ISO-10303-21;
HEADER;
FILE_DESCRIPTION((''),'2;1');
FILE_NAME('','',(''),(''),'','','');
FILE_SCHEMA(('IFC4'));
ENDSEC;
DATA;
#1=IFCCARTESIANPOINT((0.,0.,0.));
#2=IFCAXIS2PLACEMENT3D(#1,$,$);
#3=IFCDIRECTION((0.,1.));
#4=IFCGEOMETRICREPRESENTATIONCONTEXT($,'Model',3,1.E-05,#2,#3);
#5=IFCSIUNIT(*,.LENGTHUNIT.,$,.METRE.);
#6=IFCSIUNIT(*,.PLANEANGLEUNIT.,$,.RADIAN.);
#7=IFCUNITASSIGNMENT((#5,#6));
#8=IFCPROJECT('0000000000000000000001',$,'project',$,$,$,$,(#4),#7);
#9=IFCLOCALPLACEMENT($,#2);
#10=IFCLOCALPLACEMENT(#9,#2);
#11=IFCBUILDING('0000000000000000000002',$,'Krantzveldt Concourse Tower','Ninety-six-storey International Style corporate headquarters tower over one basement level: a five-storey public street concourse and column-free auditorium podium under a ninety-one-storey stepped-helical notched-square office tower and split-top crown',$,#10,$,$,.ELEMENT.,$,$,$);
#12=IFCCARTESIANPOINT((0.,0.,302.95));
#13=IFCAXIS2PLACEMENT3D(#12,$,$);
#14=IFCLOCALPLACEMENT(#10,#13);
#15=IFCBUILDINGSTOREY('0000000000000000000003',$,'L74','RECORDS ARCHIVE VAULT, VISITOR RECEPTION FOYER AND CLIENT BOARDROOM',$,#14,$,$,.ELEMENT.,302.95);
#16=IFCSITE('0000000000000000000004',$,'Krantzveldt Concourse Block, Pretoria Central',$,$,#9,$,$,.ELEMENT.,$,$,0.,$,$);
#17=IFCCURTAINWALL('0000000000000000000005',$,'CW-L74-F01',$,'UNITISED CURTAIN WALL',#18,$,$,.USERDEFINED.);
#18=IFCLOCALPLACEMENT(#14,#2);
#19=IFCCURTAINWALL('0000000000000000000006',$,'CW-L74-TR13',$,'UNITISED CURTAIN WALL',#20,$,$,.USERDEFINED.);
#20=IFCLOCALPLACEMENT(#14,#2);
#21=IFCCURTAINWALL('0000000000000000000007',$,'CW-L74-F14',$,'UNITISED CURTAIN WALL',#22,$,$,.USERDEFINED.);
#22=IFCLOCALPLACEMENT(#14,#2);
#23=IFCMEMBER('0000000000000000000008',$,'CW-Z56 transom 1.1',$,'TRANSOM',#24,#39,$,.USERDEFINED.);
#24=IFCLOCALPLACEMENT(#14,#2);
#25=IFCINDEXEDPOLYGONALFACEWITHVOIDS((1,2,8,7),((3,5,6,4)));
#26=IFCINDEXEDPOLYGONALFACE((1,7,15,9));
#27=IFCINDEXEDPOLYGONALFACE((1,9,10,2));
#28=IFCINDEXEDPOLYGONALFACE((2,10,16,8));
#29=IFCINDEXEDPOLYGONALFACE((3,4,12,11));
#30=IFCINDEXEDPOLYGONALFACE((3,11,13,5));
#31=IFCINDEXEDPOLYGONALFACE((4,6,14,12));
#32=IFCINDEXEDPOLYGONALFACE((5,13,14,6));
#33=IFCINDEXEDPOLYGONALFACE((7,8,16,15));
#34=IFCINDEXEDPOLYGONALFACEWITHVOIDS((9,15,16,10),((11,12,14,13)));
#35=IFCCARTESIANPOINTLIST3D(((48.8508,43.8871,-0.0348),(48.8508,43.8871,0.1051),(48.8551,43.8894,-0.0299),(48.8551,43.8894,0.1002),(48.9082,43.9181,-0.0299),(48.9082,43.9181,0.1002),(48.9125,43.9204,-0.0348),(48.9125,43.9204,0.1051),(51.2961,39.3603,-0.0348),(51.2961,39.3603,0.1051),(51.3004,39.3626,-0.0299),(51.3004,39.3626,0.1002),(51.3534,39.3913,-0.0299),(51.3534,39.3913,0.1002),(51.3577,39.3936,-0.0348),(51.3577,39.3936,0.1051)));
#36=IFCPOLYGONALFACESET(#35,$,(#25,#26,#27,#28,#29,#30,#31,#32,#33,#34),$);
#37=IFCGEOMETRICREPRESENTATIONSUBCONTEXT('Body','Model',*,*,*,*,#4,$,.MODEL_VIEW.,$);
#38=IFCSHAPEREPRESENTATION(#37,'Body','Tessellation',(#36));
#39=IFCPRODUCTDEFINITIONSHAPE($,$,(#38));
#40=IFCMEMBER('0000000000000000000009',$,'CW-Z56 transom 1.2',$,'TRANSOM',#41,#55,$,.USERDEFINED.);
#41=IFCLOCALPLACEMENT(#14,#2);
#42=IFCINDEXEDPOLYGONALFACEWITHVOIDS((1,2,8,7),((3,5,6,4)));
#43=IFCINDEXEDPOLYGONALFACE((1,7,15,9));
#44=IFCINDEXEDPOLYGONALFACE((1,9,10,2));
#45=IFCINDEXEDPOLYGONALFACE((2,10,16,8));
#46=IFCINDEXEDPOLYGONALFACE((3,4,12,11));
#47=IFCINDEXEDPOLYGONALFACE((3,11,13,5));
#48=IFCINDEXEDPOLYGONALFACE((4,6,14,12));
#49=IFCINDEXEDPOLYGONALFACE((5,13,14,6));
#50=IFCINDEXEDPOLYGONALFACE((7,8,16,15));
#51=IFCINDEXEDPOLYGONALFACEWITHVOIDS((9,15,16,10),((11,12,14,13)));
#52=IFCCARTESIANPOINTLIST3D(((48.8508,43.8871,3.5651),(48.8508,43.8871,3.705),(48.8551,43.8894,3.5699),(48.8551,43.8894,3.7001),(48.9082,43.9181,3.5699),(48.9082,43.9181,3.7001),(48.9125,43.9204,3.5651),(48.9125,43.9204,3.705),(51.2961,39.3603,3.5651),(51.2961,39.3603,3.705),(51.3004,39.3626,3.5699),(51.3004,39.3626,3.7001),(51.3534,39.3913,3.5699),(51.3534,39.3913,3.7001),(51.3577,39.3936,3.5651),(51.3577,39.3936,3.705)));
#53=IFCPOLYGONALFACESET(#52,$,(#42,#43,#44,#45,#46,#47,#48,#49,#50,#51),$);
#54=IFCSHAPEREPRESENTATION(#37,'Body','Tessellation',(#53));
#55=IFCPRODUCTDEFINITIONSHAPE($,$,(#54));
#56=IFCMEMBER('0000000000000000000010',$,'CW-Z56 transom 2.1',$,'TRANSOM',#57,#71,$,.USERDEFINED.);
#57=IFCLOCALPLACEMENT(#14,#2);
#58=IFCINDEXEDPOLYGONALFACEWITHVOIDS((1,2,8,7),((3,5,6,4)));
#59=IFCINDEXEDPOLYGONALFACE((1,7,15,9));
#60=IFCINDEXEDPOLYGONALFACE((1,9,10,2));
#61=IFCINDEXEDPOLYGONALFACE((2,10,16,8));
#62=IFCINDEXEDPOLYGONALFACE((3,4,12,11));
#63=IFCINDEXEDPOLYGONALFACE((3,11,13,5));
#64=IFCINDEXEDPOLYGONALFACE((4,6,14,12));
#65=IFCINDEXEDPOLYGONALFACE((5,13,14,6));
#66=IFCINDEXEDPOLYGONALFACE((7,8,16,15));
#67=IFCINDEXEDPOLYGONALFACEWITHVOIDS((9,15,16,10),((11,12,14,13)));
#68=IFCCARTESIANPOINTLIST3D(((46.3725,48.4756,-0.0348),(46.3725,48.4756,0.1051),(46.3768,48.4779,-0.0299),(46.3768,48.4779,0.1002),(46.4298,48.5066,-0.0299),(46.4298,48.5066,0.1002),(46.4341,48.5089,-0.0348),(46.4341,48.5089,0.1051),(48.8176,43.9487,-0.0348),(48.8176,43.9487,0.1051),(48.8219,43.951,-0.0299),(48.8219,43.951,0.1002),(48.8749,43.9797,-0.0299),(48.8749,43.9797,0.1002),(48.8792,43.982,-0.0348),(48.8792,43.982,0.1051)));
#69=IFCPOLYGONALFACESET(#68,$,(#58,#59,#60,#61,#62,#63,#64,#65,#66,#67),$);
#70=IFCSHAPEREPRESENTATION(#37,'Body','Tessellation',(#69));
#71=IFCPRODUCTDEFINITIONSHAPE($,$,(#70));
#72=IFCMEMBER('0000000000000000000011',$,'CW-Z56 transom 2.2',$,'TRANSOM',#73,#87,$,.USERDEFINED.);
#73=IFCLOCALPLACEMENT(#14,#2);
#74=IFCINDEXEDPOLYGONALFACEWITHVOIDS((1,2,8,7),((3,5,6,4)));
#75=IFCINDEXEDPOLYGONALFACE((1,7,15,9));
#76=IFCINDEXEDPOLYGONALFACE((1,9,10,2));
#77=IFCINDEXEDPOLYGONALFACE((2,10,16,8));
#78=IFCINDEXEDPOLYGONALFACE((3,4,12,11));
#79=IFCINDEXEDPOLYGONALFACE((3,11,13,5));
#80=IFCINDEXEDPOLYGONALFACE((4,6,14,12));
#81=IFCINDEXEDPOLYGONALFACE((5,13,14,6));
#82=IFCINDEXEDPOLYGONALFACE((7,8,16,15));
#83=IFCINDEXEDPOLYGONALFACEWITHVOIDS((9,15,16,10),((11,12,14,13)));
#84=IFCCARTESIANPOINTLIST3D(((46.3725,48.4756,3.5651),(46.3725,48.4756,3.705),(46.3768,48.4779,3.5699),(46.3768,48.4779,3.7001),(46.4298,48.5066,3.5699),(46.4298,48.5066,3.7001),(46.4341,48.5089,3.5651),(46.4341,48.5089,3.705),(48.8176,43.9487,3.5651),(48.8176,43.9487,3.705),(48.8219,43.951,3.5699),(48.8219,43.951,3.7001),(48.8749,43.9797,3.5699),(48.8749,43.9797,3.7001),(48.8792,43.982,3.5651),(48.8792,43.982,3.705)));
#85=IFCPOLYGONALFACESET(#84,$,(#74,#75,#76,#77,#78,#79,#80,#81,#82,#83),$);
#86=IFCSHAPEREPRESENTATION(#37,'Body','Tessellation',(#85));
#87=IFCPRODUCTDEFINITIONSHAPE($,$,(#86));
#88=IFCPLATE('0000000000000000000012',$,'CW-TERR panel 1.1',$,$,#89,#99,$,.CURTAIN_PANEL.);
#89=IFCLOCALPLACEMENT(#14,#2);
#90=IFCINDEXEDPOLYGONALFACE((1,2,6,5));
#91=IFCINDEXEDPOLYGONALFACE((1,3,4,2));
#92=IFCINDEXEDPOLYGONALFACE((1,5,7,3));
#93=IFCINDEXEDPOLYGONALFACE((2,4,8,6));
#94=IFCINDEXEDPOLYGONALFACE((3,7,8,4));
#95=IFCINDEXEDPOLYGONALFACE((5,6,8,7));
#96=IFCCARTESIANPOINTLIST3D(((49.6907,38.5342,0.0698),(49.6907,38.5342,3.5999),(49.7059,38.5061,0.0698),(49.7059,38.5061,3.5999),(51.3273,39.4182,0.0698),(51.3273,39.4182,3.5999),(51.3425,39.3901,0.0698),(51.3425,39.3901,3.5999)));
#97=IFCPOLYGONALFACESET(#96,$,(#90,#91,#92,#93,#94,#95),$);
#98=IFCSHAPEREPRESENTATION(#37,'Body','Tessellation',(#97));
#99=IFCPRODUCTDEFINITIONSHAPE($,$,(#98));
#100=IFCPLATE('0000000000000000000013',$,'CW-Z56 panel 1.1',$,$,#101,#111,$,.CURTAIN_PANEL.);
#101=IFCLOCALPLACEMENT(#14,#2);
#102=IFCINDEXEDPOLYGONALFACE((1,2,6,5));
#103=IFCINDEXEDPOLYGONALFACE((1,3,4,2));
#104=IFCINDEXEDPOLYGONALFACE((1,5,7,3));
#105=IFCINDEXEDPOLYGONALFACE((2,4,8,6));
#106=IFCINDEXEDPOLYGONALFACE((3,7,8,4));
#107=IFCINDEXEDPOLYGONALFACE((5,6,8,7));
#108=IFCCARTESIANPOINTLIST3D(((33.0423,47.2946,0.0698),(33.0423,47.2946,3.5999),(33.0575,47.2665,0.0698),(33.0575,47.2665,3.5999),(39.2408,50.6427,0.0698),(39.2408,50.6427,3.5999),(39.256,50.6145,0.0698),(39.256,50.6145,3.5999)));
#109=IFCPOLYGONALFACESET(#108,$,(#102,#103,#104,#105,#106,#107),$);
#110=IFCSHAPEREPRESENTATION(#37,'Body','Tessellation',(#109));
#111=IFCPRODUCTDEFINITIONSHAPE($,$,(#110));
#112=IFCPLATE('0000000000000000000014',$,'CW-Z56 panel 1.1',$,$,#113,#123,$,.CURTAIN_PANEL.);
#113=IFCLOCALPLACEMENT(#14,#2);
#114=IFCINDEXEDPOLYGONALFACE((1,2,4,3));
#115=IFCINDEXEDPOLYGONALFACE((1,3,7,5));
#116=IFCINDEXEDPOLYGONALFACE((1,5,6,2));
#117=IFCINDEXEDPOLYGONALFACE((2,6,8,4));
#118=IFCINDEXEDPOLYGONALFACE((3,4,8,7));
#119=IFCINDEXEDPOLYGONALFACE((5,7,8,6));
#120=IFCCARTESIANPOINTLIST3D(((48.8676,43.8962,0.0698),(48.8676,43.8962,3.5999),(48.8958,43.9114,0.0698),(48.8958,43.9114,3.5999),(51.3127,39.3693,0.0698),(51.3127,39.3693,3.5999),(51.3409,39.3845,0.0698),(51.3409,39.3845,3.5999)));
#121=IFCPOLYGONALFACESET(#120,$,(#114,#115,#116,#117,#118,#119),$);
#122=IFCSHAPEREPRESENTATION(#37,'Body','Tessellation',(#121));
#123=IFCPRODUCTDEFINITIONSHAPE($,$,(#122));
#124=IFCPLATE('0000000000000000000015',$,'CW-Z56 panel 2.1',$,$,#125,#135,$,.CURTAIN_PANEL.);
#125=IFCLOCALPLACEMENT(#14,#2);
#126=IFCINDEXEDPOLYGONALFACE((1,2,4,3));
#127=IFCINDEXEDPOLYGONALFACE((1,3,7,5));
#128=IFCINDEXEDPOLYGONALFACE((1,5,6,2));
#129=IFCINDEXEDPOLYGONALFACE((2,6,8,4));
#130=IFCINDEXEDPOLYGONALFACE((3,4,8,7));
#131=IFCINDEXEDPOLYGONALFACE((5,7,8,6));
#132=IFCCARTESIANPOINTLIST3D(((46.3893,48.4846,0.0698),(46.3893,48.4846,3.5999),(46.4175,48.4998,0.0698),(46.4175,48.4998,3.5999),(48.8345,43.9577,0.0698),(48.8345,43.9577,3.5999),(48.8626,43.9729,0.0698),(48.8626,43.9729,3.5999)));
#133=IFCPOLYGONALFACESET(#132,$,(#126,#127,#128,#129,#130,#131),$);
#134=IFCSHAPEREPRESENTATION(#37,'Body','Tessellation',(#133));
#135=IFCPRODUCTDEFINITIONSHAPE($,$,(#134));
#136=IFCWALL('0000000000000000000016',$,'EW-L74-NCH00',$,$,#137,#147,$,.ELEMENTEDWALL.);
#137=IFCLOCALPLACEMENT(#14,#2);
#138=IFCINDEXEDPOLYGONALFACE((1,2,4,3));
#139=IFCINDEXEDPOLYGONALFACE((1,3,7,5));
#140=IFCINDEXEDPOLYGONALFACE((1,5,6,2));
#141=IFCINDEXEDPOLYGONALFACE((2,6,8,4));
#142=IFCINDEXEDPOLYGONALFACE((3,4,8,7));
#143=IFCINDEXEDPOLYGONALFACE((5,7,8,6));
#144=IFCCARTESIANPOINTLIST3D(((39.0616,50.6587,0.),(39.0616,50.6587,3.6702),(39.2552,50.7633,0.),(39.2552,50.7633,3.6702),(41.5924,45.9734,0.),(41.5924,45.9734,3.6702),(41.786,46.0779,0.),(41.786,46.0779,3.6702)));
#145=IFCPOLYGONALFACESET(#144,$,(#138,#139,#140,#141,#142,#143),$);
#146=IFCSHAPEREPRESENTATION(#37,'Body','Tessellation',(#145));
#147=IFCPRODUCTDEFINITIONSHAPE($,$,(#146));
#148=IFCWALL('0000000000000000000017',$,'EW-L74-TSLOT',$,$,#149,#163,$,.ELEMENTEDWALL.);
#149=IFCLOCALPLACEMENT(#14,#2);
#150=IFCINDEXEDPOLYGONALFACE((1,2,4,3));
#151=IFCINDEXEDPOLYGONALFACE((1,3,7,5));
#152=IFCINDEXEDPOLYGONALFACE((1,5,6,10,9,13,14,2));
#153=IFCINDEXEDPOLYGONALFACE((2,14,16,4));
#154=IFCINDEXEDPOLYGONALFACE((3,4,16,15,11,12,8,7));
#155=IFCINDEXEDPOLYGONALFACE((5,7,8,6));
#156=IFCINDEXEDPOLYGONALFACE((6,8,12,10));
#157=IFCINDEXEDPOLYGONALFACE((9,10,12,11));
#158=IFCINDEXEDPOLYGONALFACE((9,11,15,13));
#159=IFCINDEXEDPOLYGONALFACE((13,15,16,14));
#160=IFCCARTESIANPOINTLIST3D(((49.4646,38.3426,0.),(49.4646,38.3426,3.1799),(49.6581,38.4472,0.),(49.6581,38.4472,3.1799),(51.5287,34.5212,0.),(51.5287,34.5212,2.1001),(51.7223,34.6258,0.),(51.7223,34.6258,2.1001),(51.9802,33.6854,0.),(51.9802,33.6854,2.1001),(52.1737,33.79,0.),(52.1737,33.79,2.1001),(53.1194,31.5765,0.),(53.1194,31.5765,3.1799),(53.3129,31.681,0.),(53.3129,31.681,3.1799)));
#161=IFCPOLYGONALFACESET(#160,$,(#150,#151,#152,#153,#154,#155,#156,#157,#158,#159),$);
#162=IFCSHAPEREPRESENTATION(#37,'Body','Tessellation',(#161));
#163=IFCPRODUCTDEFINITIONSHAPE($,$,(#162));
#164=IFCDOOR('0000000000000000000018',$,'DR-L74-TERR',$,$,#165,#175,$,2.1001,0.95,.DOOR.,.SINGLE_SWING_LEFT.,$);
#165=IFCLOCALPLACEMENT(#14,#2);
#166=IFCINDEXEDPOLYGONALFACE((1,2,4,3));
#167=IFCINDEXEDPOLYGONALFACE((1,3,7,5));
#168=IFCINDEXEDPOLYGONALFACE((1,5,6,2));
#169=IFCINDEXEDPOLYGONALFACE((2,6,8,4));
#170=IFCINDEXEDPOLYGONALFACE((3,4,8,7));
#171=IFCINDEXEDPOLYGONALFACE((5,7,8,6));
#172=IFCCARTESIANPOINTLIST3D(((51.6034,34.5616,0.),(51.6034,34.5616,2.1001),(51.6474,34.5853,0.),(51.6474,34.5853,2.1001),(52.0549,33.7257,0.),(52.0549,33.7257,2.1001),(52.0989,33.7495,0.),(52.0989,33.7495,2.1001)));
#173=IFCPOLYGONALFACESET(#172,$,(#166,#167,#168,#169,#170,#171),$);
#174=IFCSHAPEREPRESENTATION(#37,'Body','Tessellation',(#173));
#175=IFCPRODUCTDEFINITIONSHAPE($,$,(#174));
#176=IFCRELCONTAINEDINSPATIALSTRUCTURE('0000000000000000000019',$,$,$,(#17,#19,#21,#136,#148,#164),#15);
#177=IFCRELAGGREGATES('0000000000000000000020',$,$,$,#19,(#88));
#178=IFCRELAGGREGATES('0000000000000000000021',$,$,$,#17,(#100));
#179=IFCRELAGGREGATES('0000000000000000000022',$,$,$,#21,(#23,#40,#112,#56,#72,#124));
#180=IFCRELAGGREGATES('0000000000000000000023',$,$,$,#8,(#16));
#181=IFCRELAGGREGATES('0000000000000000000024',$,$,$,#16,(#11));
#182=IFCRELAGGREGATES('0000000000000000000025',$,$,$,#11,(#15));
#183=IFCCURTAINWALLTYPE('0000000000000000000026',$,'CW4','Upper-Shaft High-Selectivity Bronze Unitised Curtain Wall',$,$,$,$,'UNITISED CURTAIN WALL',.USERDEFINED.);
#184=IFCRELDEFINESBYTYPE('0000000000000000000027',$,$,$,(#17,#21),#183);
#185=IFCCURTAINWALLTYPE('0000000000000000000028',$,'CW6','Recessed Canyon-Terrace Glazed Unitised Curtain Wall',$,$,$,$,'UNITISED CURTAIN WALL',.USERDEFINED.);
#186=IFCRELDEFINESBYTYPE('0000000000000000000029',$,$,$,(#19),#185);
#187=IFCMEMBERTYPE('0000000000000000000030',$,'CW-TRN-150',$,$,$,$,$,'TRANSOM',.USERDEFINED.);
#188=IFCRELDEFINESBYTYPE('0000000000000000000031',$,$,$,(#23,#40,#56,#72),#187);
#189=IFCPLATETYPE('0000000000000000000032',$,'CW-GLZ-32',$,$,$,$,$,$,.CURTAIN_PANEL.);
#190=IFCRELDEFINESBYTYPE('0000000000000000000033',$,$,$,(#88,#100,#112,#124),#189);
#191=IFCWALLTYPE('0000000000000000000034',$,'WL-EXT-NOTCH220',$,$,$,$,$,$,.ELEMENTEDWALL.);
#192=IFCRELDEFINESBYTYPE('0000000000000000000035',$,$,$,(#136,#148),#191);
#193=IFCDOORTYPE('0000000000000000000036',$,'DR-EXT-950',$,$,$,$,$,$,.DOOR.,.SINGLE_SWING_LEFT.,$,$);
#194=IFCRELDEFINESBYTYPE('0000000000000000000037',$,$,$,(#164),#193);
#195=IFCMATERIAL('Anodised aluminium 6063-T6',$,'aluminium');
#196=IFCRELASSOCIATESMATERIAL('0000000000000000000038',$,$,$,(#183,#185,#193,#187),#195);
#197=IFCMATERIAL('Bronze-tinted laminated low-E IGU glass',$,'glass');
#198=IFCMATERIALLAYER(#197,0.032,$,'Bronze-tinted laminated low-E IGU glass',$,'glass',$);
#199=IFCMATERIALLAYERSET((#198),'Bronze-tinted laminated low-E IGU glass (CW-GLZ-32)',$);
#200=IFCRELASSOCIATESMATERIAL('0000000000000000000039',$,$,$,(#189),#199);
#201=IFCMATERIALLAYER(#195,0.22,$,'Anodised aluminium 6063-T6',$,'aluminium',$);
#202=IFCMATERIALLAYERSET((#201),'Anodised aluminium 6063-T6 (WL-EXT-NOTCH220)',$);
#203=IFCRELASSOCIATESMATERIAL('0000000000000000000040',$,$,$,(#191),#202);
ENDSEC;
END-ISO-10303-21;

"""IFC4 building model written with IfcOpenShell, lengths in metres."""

from ifc_helpers import new_model, si_unit, direction, frame, frame_2d, origin, origin_2d, place, context, subcontext, project, spatial, rectangle, hollow_rectangle, extrude, source, transform, mapped, material, layer, layer_set, material_profile, profile_set, type_object, type_shapes, element, fill, aggregate, save


model = new_model("IFC4")

# Units and contexts
model_context = context("Model", 3, precision=1e-05, world=origin(), true_north=direction((0.0, 1.0)))
body_context = subcontext(model_context, "Body", "Model", "MODEL_VIEW")
ifc_project = project(units=[si_unit("LENGTHUNIT", "METRE"), si_unit("PLANEANGLEUNIT", "RADIAN")], contexts=[model_context])

# Site, building, storey
site_placement = place(None, origin())
site = spatial("IfcSite", under=ifc_project, at=site_placement, Name="Krantzveldt Concourse Block, Pretoria Central", CompositionType="ELEMENT", RefElevation=0.0)
building_placement = place(site_placement, origin())
building = spatial("IfcBuilding", under=site, at=building_placement, Name="Krantzveldt Concourse Tower", Description="Ninety-six-storey International Style corporate headquarters tower over one basement level: a five-storey public street concourse and column-free auditorium podium under a ninety-one-storey stepped-helical notched-square office tower and split-top crown", CompositionType="ELEMENT")
storey_placement = place(building_placement, frame((0.0, 0.0, 302.95)))
storey = spatial("IfcBuildingStorey", under=building, at=storey_placement, Name="L74", Description="RECORDS ARCHIVE VAULT, VISITOR RECEPTION FOYER AND CLIENT BOARDROOM", CompositionType="ELEMENT", Elevation=302.95)

# Curtain wall
ifc_material_1 = material(Name="Anodised aluminium 6063-T6", Category="aluminium")
curtain_wall_type_1 = type_object("IfcCurtainWallType", Name="CW4", Description="Upper-Shaft High-Selectivity Bronze Unitised Curtain Wall", ElementType="UNITISED CURTAIN WALL", PredefinedType="USERDEFINED", material=ifc_material_1)
curtain_wall_1_placement = place(storey_placement, origin())
curtain_wall_1 = element("IfcCurtainWall", 1, at=curtain_wall_1_placement, inside=storey, type_object=curtain_wall_type_1, Name="CW-L74-F01", ObjectType="UNITISED CURTAIN WALL", PredefinedType="USERDEFINED")

# Curtain walls
curtain_wall_type_2 = type_object("IfcCurtainWallType", Name="CW6", Description="Recessed Canyon-Terrace Glazed Unitised Curtain Wall", ElementType="UNITISED CURTAIN WALL", PredefinedType="USERDEFINED", material=ifc_material_1)
curtain_wall_2_placement = place(storey_placement, origin())
curtain_wall_2 = element("IfcCurtainWall", 2, at=curtain_wall_2_placement, inside=storey, type_object=curtain_wall_type_2, Name="CW-L74-TR13", ObjectType="UNITISED CURTAIN WALL", PredefinedType="USERDEFINED")
curtain_wall_3_placement = place(storey_placement, origin())
curtain_wall_3 = element("IfcCurtainWall", 3, at=curtain_wall_3_placement, inside=storey, type_object=curtain_wall_type_1, Name="CW-L74-F14", ObjectType="UNITISED CURTAIN WALL", PredefinedType="USERDEFINED")

# Members
ifc_material_profile_1 = material_profile(ifc_material_1, hollow_rectangle(XDim=0.0701, YDim=0.1399, WallThickness=0.0049, at=origin_2d()), Name="Anodised aluminium 6063-T6", Category="aluminium")
ifc_profile_set_1 = profile_set([ifc_material_profile_1], Name="Anodised aluminium 6063-T6 - ALU-TRAN 140x70x5")
member_type_1 = type_object("IfcMemberType", Name="CW-TRN-150", ElementType="TRANSOM", PredefinedType="USERDEFINED", material=ifc_profile_set_1)
shared_shape_1 = source(origin(), body_context, "Body", "SweptSolid", [
    extrude(hollow_rectangle(XDim=0.0701, YDim=0.1399, WallThickness=0.0049, at=origin_2d()), origin(), (0.0, 0.0, 1.0), 5.145),
])
member_1_placement = place(storey_placement, frame((51.3269, 39.377, 0.0352), z_axis=(-0.475271, 0.87984, 0.0), x_axis=(-0.87984, -0.475271, 0.0)))
member_1 = element("IfcMember", 4, at=member_1_placement, type_object=member_type_1, Name="CW-Z56 transom 1.1", ObjectType="TRANSOM", PredefinedType="USERDEFINED", context=body_context, shape_type="MappedRepresentation", body=[
    mapped(shared_shape_1, transform((0.0, 0.0, 0.0), x_axis=(1.0, 0.0, 0.0), y_axis=(0.0, 1.0, 0.0), z_axis=(0.0, 0.0, 1.0), scale=1.0)),
])
member_2_placement = place(storey_placement, frame((51.3269, 39.377, 3.635), z_axis=(-0.475271, 0.87984, 0.0), x_axis=(-0.87984, -0.475271, 0.0)))
member_2 = element("IfcMember", 5, at=member_2_placement, type_object=member_type_1, Name="CW-Z56 transom 1.2", ObjectType="TRANSOM", PredefinedType="USERDEFINED", context=body_context, shape_type="MappedRepresentation", body=[
    mapped(shared_shape_1, transform((0.0, 0.0, 0.0), x_axis=(1.0, 0.0, 0.0), y_axis=(0.0, 1.0, 0.0), z_axis=(0.0, 0.0, 1.0), scale=1.0)),
])
member_3_placement = place(storey_placement, frame((48.8484, 43.9653, 0.0352), z_axis=(-0.475234, 0.879859, 0.0), x_axis=(-0.879859, -0.475234, 0.0)))
member_3 = element("IfcMember", 6, at=member_3_placement, type_object=member_type_1, Name="CW-Z56 transom 2.1", ObjectType="TRANSOM", PredefinedType="USERDEFINED", context=body_context, shape_type="MappedRepresentation", body=[
    mapped(shared_shape_1, transform((0.0, 0.0, 0.0), x_axis=(1.0, 0.0, 0.0), y_axis=(0.0, 1.0, 0.0), z_axis=(0.0, 0.0, 1.0), scale=1.0)),
])
member_4_placement = place(storey_placement, frame((48.8484, 43.9653, 3.635), z_axis=(-0.475234, 0.879859, 0.0), x_axis=(-0.879859, -0.475234, 0.0)))
member_4 = element("IfcMember", 7, at=member_4_placement, type_object=member_type_1, Name="CW-Z56 transom 2.2", ObjectType="TRANSOM", PredefinedType="USERDEFINED", context=body_context, shape_type="MappedRepresentation", body=[
    mapped(shared_shape_1, transform((0.0, 0.0, 0.0), x_axis=(1.0, 0.0, 0.0), y_axis=(0.0, 1.0, 0.0), z_axis=(0.0, 0.0, 1.0), scale=1.0)),
])

# Plates
ifc_material_2 = material(Name="Bronze-tinted laminated low-E IGU glass", Category="glass")
ifc_layer_1 = layer(ifc_material_2, 0.032, Name="Bronze-tinted laminated low-E IGU glass", Category="glass")
ifc_layer_set_1 = layer_set([ifc_layer_1], Name="Bronze-tinted laminated low-E IGU glass (CW-GLZ-32)")
plate_type = type_object("IfcPlateType", Name="CW-GLZ-32", PredefinedType="CURTAIN_PANEL", material=ifc_layer_set_1)
shared_shape_2 = source(origin(), body_context, "Body", "SweptSolid", [
    extrude(rectangle(XDim=1.8601, YDim=0.032, at=origin_2d()), origin(), (0.0, 0.0, 1.0), 3.53),
])
plate_1_placement = place(storey_placement, frame((50.5166, 38.9622, 0.0698), z_axis=(0.0, 0.0, 1.0), x_axis=(0.879856, 0.475241, 0.0)))
plate_1 = element("IfcPlate", 8, at=plate_1_placement, type_object=plate_type, Name="CW-TERR panel 1.1", PredefinedType="CURTAIN_PANEL", context=body_context, shape_type="MappedRepresentation", body=[
    mapped(shared_shape_2, transform((0.0, 0.0, 0.0), x_axis=(1.0, 0.0, 0.0), y_axis=(0.0, 1.0, 0.0), z_axis=(0.0, 0.0, 1.0), scale=1.0)),
])
aggregate(curtain_wall_2, [plate_1])
shared_shape_3 = source(origin(), body_context, "Body", "SweptSolid", [
    extrude(rectangle(XDim=7.0449, YDim=0.032, at=origin_2d()), origin(), (0.0, 0.0, 1.0), 3.53),
])
plate_2_placement = place(storey_placement, frame((36.1492, 48.9546, 0.0698), z_axis=(0.0, 0.0, 1.0), x_axis=(-0.879856, -0.47524, 0.0)))
plate_2 = element("IfcPlate", 9, at=plate_2_placement, type_object=plate_type, Name="CW-Z56 panel 1.1", PredefinedType="CURTAIN_PANEL", context=body_context, shape_type="MappedRepresentation", body=[
    mapped(shared_shape_3, transform((0.0, 0.0, 0.0), x_axis=(1.0, 0.0, 0.0), y_axis=(0.0, 1.0, 0.0), z_axis=(0.0, 0.0, 1.0), scale=1.0)),
])
aggregate(curtain_wall_1, [plate_2])
shared_shape_4 = source(origin(), body_context, "Body", "SweptSolid", [
    extrude(rectangle(XDim=5.145, YDim=0.032, at=origin_2d()), origin(), (0.0, 0.0, 1.0), 3.53),
])
type_shapes(plate_type, [shared_shape_2, shared_shape_3, shared_shape_4])
plate_3_placement = place(storey_placement, frame((50.1042, 41.6404, 0.0698), z_axis=(0.0, 0.0, 1.0), x_axis=(-0.47524, 0.879856, 0.0)))
plate_3 = element("IfcPlate", 10, at=plate_3_placement, type_object=plate_type, Name="CW-Z56 panel 1.1", PredefinedType="CURTAIN_PANEL", context=body_context, shape_type="MappedRepresentation", body=[
    mapped(shared_shape_4, transform((0.0, 0.0, 0.0), x_axis=(1.0, 0.0, 0.0), y_axis=(0.0, 1.0, 0.0), z_axis=(0.0, 0.0, 1.0), scale=1.0)),
])
plate_4_placement = place(storey_placement, frame((47.626, 46.2288, 0.0698), z_axis=(0.0, 0.0, 1.0), x_axis=(-0.47524, 0.879856, 0.0)))
plate_4 = element("IfcPlate", 11, at=plate_4_placement, type_object=plate_type, Name="CW-Z56 panel 2.1", PredefinedType="CURTAIN_PANEL", context=body_context, shape_type="MappedRepresentation", body=[
    mapped(shared_shape_4, transform((0.0, 0.0, 0.0), x_axis=(1.0, 0.0, 0.0), y_axis=(0.0, 1.0, 0.0), z_axis=(0.0, 0.0, 1.0), scale=1.0)),
])
aggregate(curtain_wall_3, [member_1, member_2, plate_3, member_3, member_4, plate_4])

# Wall
ifc_layer_2 = layer(ifc_material_1, 0.22, Name="Anodised aluminium 6063-T6", Category="aluminium")
ifc_layer_set_2 = layer_set([ifc_layer_2], Name="Anodised aluminium 6063-T6 (WL-EXT-NOTCH220)")
wall_type = type_object("IfcWallType", Name="WL-EXT-NOTCH220", PredefinedType="ELEMENTEDWALL", material=ifc_layer_set_2)
wall_1_placement = place(storey_placement, frame((41.6892, 46.0256, 0.0), z_axis=(0.0, 0.0, 1.0), x_axis=(-0.47525, 0.879851, 0.0)))
element("IfcWall", 12, at=wall_1_placement, inside=storey, type_object=wall_type, Name="EW-L74-NCH00", PredefinedType="ELEMENTEDWALL", context=body_context, shape_type="SweptSolid", body=[
    extrude(rectangle(XDim=5.3252, YDim=0.22, at=frame_2d((2.6626, 0.0))), origin(), (0.0, 0.0, 1.0), 3.6702),
])

# Wall, opening, door
wall_2_placement = place(storey_placement, frame((49.5613, 38.395, 0.0), z_axis=(0.0, 0.0, 1.0), x_axis=(0.475258, -0.879846, 0.0)))
wall_2 = element("IfcWall", 13, at=wall_2_placement, inside=storey, type_object=wall_type, Name="EW-L74-TSLOT", PredefinedType="ELEMENTEDWALL", context=body_context, shape_type="SweptSolid", body=[
    extrude(rectangle(XDim=7.6902, YDim=0.22, at=frame_2d((3.8452, 0.0))), origin(), (0.0, 0.0, 1.0), 3.1799),
])
opening_placement = place(wall_2_placement, frame((4.3433, 0.0, 0.0)))
opening = element("IfcOpeningElement", 14, at=opening_placement, cuts=wall_2, PredefinedType="OPENING", context=body_context, shape_type="SweptSolid", body=[
    extrude(rectangle(XDim=0.95, YDim=2.1001, at=frame_2d((0.4751, 1.05))), frame((0.0, 0.1201, 0.0), z_axis=(0.0, -1.0, 0.0), x_axis=(1.0, 0.0, 0.0)), (0.0, 0.0, 1.0), 0.24),
])
door_type = type_object("IfcDoorType", Name="DR-EXT-950", OperationType="SINGLE_SWING_LEFT", PredefinedType="DOOR", material=ifc_material_1)
door_placement = place(opening_placement, origin())
door = element("IfcDoor", 15, at=door_placement, inside=storey, type_object=door_type, Name="DR-L74-TERR", OperationType="SINGLE_SWING_LEFT", OverallHeight=2.1001, OverallWidth=0.95, PredefinedType="DOOR", context=body_context, shape_type="SweptSolid", body=[
    extrude(rectangle(XDim=0.95, YDim=2.1001, at=frame_2d((0.4751, 1.05))), frame((0.0, 0.0249, 0.0), z_axis=(0.0, -1.0, 0.0), x_axis=(1.0, 0.0, 0.0)), (0.0, 0.0, 1.0), 0.05),
])
fill(opening, door)

save(model, "model.ifc")
